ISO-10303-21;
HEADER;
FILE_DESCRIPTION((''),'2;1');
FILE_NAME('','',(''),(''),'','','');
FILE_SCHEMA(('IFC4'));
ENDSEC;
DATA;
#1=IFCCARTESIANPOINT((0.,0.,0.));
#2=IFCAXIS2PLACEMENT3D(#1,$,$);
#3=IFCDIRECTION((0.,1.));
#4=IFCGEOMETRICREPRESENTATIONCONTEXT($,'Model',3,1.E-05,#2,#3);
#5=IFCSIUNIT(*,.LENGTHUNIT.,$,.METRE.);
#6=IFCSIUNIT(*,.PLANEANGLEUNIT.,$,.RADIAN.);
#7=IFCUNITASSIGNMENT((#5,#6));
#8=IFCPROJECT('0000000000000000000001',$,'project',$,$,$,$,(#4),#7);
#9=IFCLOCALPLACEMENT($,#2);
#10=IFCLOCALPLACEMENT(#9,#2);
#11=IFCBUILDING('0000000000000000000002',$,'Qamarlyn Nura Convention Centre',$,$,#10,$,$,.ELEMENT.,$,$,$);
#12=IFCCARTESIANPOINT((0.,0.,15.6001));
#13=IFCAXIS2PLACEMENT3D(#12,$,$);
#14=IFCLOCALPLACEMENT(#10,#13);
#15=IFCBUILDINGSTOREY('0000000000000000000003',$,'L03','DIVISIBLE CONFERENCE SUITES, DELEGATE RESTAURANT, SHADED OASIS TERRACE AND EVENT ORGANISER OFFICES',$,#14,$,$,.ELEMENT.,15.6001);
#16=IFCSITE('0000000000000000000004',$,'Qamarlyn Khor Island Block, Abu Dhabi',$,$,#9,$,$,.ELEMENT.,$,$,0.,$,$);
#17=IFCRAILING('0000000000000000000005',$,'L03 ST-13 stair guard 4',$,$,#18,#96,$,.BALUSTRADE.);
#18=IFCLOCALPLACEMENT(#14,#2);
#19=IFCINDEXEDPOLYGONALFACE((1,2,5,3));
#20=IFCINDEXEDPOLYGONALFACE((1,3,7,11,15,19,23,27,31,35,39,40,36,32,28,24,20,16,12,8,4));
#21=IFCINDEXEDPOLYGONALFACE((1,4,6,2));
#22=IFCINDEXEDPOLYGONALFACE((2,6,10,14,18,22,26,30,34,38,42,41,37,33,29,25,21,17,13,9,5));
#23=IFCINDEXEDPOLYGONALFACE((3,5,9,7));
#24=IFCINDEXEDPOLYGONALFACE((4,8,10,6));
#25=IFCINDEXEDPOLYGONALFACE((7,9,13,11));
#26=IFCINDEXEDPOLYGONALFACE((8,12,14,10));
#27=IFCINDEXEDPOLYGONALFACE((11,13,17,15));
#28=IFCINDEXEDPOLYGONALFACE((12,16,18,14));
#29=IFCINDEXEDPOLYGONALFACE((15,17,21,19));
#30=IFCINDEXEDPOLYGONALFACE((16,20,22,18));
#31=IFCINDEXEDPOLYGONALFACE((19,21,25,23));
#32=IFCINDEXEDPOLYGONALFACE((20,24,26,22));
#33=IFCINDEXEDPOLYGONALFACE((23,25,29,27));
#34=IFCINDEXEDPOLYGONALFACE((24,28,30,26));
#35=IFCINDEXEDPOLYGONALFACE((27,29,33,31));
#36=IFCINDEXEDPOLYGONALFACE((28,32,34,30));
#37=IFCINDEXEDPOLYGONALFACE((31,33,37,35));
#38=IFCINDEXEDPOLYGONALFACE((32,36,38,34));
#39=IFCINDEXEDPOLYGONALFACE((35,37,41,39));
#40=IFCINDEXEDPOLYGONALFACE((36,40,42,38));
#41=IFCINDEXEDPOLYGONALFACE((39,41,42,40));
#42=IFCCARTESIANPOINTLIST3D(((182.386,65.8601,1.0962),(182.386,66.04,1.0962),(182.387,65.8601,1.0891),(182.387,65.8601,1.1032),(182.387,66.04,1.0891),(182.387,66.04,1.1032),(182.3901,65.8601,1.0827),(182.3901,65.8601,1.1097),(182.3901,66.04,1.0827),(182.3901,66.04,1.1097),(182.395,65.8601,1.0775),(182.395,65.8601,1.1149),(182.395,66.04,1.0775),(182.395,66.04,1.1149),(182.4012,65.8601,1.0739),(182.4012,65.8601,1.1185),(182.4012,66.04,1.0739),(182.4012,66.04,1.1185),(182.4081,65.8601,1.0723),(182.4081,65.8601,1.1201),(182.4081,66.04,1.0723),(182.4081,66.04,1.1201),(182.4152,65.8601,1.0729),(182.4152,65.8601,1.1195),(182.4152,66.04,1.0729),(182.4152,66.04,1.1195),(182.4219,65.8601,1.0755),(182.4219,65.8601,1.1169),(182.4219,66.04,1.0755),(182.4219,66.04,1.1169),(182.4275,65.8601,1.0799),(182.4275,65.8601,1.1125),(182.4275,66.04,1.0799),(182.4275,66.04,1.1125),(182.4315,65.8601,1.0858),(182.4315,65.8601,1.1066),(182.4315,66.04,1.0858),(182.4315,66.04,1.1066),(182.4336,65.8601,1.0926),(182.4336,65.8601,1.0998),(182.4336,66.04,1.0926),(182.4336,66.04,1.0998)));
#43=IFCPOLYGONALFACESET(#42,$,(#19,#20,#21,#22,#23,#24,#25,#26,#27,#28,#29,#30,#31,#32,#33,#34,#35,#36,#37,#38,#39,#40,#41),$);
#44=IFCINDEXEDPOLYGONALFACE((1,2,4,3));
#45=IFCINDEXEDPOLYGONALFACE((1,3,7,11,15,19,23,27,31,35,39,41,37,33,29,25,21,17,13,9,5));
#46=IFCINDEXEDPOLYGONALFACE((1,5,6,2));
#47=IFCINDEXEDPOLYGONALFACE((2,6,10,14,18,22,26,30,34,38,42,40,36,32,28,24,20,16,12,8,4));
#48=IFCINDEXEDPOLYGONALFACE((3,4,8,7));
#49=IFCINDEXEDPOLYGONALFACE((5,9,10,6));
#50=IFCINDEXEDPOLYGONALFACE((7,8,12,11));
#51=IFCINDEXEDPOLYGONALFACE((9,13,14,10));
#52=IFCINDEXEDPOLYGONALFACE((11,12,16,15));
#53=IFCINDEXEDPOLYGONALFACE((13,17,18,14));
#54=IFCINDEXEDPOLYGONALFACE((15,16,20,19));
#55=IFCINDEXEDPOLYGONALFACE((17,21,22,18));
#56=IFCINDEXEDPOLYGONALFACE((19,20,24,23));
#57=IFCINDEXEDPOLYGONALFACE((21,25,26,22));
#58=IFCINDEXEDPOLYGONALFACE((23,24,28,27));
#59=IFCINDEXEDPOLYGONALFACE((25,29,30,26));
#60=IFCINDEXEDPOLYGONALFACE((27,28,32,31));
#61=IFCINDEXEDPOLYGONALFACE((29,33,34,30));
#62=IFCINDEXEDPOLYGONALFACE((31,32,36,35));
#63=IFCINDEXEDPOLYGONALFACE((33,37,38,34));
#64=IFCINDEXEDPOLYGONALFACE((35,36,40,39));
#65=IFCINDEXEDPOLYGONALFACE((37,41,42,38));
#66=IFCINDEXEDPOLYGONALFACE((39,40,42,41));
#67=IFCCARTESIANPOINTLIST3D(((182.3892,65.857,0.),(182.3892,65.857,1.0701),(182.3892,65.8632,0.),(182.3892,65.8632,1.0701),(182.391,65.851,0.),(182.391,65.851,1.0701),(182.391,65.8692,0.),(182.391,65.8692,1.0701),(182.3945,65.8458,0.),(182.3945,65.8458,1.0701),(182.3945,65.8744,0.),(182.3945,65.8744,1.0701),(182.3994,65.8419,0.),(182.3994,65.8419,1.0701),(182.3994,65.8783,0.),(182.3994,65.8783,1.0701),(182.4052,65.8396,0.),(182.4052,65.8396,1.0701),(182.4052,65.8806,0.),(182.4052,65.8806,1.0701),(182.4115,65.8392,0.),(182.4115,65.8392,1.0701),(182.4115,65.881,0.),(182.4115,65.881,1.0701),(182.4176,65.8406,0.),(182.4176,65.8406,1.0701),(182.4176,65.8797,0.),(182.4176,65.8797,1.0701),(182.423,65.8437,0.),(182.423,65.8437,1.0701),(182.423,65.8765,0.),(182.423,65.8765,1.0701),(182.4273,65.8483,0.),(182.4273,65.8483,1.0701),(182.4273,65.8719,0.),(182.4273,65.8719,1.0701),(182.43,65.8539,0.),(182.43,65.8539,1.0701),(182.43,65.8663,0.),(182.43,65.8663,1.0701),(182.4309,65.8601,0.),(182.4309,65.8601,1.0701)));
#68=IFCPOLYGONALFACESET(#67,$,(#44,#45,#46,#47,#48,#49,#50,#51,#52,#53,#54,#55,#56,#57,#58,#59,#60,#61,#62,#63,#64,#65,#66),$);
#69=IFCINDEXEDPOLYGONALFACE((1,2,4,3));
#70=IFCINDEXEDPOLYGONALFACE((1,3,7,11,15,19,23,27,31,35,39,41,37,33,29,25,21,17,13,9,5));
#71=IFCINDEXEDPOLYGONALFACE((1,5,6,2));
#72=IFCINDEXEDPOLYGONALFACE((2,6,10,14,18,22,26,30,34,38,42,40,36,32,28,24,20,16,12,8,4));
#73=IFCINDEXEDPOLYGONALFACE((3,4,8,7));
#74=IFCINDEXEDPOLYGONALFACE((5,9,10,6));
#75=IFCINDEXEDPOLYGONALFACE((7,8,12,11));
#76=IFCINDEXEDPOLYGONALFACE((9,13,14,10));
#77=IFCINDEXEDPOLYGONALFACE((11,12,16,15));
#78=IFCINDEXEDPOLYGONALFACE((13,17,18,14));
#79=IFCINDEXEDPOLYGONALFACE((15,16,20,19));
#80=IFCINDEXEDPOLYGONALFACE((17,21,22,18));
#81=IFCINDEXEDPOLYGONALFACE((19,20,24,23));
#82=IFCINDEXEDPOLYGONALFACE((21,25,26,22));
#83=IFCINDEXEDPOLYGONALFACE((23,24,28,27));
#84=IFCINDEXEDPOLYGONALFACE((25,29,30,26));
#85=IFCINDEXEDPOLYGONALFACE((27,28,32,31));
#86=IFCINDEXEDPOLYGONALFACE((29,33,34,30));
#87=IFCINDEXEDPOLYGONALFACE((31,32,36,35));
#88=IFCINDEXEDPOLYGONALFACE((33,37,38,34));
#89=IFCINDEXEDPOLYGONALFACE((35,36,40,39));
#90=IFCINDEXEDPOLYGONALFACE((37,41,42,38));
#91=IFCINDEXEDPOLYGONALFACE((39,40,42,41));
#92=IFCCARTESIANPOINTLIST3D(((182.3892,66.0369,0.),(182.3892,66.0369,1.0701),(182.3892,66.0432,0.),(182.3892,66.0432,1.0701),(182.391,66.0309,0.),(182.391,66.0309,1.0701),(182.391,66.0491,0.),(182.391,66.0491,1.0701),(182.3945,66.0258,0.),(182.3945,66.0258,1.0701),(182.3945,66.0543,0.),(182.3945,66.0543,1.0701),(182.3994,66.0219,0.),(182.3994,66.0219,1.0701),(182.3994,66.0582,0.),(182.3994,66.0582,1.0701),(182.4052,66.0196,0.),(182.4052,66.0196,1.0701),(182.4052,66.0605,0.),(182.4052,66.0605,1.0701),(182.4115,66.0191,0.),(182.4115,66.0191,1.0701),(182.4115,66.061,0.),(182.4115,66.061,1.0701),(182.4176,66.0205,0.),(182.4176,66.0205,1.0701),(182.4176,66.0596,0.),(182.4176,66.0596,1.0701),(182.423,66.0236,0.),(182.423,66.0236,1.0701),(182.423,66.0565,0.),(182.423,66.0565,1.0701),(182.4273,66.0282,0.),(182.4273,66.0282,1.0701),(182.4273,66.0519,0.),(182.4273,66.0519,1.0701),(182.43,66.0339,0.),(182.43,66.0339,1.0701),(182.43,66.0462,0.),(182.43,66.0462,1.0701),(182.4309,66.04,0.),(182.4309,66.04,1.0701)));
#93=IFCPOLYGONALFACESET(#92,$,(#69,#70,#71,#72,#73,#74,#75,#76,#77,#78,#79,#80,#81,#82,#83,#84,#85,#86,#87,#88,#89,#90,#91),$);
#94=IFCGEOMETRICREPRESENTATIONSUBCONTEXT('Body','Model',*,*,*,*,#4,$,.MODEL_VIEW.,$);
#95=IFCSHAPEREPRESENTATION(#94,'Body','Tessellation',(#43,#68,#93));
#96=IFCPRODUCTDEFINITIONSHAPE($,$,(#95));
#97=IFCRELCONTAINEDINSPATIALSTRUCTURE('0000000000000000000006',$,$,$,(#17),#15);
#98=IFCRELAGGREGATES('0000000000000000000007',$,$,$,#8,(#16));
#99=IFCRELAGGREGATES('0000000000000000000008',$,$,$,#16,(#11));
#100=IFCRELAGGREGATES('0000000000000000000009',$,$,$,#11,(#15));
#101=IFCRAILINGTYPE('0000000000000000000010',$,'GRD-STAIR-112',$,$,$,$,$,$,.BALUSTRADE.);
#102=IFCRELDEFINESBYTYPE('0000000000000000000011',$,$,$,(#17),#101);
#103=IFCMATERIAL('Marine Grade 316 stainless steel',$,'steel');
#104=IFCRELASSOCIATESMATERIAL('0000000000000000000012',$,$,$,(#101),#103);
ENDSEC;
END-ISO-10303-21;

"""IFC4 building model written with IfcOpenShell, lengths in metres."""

from ifc_helpers import new_model, si_unit, direction, frame, origin, origin_2d, place, context, subcontext, project, spatial, circle, extrude, material, type_object, element, save


model = new_model("IFC4")

# Units and contexts
model_context = context("Model", 3, precision=1e-05, world=origin(), true_north=direction((0.0, 1.0)))
body_context = subcontext(model_context, "Body", "Model", "MODEL_VIEW")
ifc_project = project(units=[si_unit("LENGTHUNIT", "METRE"), si_unit("PLANEANGLEUNIT", "RADIAN")], contexts=[model_context])

# Site, building, storey
site_placement = place(None, origin())
site = spatial("IfcSite", under=ifc_project, at=site_placement, Name="Qamarlyn Khor Island Block, Abu Dhabi", CompositionType="ELEMENT", RefElevation=0.0)
building_placement = place(site_placement, origin())
building = spatial("IfcBuilding", under=site, at=building_placement, Name="Qamarlyn Nura Convention Centre", CompositionType="ELEMENT")
storey_placement = place(building_placement, frame((0.0, 0.0, 15.6001)))
storey = spatial("IfcBuildingStorey", under=building, at=storey_placement, Name="L03", Description="DIVISIBLE CONFERENCE SUITES, DELEGATE RESTAURANT, SHADED OASIS TERRACE AND EVENT ORGANISER OFFICES", CompositionType="ELEMENT", Elevation=15.6001)

# Shared definitions
ifc_material_1 = material(Name="Marine Grade 316 stainless steel", Category="steel")

# Railing
railing_type_1 = type_object("IfcRailingType", Name="GRD-STAIR-112", PredefinedType="BALUSTRADE", material=ifc_material_1)
railing_1_placement = place(storey_placement, frame((182.4099, 65.8601, 0.0)))
element("IfcRailing", 1, at=railing_1_placement, inside=storey, type_object=railing_type_1, Name="L03 ST-13 stair guard 4", PredefinedType="BALUSTRADE", context=body_context, shape_type="SweptSolid", body=[
    extrude(circle(Radius=0.0239, at=origin_2d()), frame((0.0, 0.0, 1.0962), z_axis=(0.0, 1.0, 0.0), x_axis=(-1.0, 0.0, 0.0)), (0.0, 0.0, 1.0), 0.1799),
    extrude(circle(Radius=0.021, at=origin_2d()), origin(), (0.0, 0.0, 1.0), 1.0701),
    extrude(circle(Radius=0.021, at=origin_2d()), frame((0.0, 0.1799, 0.0)), (0.0, 0.0, 1.0), 1.0701),
])

save(model, "model.ifc")
